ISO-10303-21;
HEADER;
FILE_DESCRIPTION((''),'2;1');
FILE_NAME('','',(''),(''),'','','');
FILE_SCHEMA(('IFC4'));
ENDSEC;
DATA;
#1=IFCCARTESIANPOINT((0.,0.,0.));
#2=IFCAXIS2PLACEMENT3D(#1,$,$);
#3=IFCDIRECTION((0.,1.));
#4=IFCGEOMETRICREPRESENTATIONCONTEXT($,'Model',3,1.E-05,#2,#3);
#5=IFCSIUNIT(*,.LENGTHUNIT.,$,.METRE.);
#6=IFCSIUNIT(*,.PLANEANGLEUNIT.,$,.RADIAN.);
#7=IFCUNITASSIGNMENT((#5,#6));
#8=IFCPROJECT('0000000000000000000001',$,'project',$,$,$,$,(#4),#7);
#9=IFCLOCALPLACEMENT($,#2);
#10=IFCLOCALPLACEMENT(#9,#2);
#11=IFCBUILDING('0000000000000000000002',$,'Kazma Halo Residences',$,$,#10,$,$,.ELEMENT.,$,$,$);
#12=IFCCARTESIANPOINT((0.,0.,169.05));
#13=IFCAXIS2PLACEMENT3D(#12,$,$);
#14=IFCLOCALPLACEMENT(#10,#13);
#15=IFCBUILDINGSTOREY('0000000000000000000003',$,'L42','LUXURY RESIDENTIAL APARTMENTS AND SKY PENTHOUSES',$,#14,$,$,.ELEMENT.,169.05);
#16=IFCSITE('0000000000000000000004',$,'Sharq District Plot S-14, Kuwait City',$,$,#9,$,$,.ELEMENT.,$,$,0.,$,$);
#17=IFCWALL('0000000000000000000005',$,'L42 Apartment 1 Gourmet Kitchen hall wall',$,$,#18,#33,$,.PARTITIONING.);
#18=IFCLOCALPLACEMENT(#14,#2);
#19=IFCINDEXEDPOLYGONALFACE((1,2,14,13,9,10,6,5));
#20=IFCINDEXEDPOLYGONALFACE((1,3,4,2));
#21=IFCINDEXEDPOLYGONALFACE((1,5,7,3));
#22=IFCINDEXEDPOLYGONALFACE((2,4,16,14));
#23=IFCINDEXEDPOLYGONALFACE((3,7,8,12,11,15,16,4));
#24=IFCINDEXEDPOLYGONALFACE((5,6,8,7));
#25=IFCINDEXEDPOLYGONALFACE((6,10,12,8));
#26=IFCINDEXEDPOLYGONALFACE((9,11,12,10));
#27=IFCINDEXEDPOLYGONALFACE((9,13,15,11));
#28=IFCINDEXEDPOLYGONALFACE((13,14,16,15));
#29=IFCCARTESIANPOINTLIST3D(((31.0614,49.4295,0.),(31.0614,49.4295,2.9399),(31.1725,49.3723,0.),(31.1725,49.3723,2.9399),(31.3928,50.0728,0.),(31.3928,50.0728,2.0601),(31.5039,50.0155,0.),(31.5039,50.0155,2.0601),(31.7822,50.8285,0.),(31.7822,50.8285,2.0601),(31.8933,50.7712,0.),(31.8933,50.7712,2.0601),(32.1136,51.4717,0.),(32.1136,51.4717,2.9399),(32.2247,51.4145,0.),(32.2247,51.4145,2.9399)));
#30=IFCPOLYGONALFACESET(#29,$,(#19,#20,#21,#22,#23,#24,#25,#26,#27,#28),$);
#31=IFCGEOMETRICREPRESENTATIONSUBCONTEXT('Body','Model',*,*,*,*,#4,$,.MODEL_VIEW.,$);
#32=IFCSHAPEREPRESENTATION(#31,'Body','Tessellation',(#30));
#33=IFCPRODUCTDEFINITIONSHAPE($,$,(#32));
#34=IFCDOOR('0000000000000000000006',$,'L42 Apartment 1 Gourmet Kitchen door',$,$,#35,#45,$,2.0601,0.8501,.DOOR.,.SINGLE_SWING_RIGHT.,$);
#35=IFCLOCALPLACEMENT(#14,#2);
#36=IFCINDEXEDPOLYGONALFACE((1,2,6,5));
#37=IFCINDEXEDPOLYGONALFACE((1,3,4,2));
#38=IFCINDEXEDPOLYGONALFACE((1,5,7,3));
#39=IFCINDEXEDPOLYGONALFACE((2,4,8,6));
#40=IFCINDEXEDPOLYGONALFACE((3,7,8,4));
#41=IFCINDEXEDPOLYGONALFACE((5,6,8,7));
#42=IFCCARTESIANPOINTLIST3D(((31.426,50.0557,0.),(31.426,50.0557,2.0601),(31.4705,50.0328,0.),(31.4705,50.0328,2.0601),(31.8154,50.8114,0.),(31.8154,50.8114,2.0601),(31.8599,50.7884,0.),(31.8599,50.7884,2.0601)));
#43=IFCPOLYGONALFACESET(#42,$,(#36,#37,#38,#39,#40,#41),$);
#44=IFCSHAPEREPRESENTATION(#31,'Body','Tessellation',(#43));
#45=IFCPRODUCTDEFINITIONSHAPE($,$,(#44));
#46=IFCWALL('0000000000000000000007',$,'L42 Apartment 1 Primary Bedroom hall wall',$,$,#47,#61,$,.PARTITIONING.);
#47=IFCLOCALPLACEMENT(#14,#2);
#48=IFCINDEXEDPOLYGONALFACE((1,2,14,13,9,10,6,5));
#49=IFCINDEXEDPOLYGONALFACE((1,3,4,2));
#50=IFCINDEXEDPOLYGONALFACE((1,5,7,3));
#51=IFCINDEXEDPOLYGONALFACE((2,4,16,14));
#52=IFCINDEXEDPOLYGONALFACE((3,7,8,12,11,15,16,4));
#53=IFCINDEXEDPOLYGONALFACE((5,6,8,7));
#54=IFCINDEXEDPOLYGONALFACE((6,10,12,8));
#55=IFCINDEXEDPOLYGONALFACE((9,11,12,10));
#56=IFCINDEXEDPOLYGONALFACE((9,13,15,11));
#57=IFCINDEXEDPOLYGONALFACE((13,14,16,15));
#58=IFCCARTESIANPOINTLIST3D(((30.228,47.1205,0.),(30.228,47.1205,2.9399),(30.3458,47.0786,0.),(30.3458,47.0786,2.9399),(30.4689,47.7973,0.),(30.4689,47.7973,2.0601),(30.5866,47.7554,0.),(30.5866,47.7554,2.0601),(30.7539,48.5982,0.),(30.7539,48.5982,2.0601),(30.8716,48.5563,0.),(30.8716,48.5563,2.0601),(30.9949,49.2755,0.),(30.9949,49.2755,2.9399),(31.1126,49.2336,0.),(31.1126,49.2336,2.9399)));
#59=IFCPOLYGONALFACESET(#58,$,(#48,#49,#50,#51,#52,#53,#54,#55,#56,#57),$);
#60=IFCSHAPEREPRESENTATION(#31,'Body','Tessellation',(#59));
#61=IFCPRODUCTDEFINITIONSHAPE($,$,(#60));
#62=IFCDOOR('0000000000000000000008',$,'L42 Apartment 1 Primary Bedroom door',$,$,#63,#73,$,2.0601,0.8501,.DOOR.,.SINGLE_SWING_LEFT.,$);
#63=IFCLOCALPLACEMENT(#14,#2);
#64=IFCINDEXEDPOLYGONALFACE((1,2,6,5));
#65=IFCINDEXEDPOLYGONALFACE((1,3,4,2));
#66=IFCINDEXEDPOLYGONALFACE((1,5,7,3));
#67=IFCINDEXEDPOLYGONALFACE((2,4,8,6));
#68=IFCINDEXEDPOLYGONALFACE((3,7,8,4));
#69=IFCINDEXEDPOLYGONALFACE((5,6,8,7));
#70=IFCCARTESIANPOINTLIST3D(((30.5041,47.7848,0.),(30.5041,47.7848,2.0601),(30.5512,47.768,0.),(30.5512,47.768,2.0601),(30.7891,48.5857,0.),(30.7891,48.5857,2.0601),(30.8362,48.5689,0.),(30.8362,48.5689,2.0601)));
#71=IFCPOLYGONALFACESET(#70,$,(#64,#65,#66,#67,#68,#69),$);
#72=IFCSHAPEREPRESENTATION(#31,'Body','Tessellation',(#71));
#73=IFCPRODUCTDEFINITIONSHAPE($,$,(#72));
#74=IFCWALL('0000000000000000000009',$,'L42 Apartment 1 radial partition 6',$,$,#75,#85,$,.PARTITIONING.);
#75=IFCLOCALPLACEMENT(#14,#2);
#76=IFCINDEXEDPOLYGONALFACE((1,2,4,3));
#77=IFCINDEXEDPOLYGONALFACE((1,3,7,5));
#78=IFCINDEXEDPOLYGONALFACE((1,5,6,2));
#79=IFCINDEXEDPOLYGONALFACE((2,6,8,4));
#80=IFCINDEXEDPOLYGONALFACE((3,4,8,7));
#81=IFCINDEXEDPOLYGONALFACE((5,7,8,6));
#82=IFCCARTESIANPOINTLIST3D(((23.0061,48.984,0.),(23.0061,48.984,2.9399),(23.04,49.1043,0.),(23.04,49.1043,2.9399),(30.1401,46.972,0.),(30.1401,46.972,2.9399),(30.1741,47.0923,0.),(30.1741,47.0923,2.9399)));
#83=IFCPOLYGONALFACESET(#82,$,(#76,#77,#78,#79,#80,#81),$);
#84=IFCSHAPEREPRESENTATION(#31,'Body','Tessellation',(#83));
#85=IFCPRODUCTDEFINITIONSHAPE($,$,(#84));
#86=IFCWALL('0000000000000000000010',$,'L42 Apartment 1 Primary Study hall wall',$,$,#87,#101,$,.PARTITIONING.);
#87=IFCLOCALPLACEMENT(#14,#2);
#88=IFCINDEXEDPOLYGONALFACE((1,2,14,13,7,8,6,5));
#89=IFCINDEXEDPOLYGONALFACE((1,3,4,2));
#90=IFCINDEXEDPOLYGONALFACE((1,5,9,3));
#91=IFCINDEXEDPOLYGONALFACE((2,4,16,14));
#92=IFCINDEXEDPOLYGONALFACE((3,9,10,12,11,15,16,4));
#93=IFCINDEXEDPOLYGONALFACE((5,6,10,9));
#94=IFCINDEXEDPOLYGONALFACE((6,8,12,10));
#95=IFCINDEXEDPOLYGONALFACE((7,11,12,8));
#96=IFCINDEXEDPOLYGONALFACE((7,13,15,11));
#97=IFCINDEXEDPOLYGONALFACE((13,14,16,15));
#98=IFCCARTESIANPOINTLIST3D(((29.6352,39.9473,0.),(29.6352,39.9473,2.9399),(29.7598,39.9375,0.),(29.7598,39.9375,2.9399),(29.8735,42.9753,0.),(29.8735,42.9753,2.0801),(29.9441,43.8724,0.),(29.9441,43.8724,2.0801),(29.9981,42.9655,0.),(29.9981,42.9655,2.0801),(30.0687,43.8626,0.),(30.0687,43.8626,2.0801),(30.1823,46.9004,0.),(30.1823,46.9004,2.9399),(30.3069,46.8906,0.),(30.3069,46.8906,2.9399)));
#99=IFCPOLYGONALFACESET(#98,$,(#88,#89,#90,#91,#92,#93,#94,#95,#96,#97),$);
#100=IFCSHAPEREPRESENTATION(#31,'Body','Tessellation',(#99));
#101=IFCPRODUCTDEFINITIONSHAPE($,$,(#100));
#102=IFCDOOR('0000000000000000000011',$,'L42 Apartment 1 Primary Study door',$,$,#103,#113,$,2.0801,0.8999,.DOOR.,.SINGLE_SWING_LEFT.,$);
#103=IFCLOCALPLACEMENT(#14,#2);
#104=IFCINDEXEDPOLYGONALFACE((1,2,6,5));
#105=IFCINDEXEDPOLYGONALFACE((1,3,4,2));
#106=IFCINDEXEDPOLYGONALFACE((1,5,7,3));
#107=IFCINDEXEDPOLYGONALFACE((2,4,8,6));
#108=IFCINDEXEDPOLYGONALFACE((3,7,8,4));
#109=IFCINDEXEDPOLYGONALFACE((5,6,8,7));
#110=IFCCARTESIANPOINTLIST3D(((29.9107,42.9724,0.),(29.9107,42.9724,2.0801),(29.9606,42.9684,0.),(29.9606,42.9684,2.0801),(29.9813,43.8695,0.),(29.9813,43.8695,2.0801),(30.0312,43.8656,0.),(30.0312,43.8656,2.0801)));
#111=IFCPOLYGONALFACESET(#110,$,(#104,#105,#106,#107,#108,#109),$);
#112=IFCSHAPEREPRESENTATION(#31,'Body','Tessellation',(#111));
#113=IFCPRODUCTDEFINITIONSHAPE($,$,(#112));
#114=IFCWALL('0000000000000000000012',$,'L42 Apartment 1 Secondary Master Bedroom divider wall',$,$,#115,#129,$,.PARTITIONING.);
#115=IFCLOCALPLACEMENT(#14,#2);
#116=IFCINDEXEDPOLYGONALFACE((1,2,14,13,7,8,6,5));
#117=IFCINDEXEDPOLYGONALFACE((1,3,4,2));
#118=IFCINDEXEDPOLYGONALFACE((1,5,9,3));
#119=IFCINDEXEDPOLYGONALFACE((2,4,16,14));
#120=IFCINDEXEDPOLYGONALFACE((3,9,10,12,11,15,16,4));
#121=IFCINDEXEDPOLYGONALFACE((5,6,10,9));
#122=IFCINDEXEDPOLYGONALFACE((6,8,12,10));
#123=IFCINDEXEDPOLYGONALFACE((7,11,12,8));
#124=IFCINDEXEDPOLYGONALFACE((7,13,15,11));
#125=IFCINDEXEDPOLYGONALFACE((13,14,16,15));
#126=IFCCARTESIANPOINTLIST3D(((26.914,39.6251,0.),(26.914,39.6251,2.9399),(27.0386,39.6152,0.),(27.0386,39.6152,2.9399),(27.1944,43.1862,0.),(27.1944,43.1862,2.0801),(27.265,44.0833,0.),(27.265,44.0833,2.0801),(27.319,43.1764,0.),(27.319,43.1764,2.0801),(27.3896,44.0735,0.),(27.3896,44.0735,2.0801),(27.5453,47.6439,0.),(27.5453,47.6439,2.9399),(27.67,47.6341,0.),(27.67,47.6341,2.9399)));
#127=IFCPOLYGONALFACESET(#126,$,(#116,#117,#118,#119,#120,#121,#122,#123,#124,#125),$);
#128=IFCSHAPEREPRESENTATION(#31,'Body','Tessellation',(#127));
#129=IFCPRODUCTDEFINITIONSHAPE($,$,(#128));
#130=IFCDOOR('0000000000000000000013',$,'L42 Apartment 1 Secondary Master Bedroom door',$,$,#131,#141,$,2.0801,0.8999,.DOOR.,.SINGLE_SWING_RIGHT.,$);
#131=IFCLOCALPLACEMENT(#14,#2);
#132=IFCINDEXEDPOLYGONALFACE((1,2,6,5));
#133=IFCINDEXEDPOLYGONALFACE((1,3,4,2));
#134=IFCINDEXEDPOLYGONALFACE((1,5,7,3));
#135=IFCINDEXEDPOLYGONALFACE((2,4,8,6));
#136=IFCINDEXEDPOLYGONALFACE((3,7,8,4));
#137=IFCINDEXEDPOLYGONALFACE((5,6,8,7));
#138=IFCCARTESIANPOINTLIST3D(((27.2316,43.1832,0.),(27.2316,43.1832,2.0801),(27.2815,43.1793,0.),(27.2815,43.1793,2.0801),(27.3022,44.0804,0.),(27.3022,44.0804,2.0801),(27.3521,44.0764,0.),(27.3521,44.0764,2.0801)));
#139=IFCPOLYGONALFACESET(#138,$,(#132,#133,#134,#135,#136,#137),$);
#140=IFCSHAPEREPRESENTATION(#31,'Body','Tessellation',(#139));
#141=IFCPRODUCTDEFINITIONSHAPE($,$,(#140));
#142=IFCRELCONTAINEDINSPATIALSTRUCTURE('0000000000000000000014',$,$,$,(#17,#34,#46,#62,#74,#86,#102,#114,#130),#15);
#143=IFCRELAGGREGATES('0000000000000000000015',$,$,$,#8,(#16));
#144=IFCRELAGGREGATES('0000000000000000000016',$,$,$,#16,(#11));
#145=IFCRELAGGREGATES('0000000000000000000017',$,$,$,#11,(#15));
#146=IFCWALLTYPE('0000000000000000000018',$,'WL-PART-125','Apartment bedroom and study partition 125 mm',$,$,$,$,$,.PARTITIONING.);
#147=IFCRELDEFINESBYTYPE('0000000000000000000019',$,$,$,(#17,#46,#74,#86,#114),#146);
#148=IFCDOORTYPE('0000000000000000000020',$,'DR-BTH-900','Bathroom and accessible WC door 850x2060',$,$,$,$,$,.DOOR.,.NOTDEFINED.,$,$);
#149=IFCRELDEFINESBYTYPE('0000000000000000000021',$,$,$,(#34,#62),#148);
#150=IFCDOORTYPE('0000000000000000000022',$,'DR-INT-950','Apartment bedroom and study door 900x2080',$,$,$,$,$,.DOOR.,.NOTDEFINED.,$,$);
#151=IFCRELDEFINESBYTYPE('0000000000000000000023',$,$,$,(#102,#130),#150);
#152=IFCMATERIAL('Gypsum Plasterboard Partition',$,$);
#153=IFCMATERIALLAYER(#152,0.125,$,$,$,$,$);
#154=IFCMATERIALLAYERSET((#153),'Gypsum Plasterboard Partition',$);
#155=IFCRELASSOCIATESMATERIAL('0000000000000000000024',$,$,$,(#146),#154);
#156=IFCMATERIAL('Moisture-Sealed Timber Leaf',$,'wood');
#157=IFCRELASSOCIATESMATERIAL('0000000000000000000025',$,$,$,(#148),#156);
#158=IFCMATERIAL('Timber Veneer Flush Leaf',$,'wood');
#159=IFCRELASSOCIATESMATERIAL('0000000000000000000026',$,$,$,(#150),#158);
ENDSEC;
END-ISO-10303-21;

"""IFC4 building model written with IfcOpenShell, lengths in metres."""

from ifc_helpers import new_model, si_unit, direction, frame, frame_2d, origin, place, context, subcontext, project, spatial, rectangle, extrude, material, layer, layer_set, type_object, element, fill, save


model = new_model("IFC4")

# Units and contexts
model_context = context("Model", 3, precision=1e-05, world=origin(), true_north=direction((0.0, 1.0)))
body_context = subcontext(model_context, "Body", "Model", "MODEL_VIEW")
ifc_project = project(units=[si_unit("LENGTHUNIT", "METRE"), si_unit("PLANEANGLEUNIT", "RADIAN")], contexts=[model_context])

# Site, building, storey
site_placement = place(None, origin())
site = spatial("IfcSite", under=ifc_project, at=site_placement, Name="Sharq District Plot S-14, Kuwait City", CompositionType="ELEMENT", RefElevation=0.0)
building_placement = place(site_placement, origin())
building = spatial("IfcBuilding", under=site, at=building_placement, Name="Kazma Halo Residences", CompositionType="ELEMENT")
storey_placement = place(building_placement, frame((0.0, 0.0, 169.05)))
storey = spatial("IfcBuildingStorey", under=building, at=storey_placement, Name="L42", Description="LUXURY RESIDENTIAL APARTMENTS AND SKY PENTHOUSES", CompositionType="ELEMENT", Elevation=169.05)

# Shared definitions
ifc_material_1 = material(Name="Gypsum Plasterboard Partition")
ifc_layer_1 = layer(ifc_material_1, 0.125)
ifc_layer_set_1 = layer_set([ifc_layer_1], Name="Gypsum Plasterboard Partition")
wall_type_1 = type_object("IfcWallType", Name="WL-PART-125", Description="Apartment bedroom and study partition 125 mm", PredefinedType="PARTITIONING", material=ifc_layer_set_1)

# Walls, openings, doors
wall_1_placement = place(storey_placement, frame((32.1692, 51.4431, 0.0), z_axis=(0.0, 0.0, 1.0), x_axis=(-0.45802, -0.888942, 0.0)))
wall_1 = element("IfcWall", 1, at=wall_1_placement, inside=storey, type_object=wall_type_1, Name="L42 Apartment 1 Gourmet Kitchen hall wall", PredefinedType="PARTITIONING", context=body_context, shape_type="SweptSolid", body=[
    extrude(rectangle(XDim=2.2974, YDim=0.125, at=frame_2d((1.1487, 0.0))), origin(), (0.0, 0.0, 1.0), 2.9399),
])
opening_1_placement = place(wall_1_placement, frame((0.7236, 0.0, 0.0)))
opening_1 = element("IfcOpeningElement", 2, at=opening_1_placement, cuts=wall_1, PredefinedType="OPENING", context=body_context, shape_type="SweptSolid", body=[
    extrude(rectangle(XDim=0.8501, YDim=2.0601, at=frame_2d((0.425, 1.03))), frame((0.0, 0.0725, 0.0), z_axis=(0.0, -1.0, 0.0), x_axis=(1.0, 0.0, 0.0)), (0.0, 0.0, 1.0), 0.145),
])
ifc_material_2 = material(Name="Moisture-Sealed Timber Leaf", Category="wood")
door_type_1 = type_object("IfcDoorType", Name="DR-BTH-900", Description="Bathroom and accessible WC door 850x2060", OperationType="NOTDEFINED", PredefinedType="DOOR", material=ifc_material_2)
door_1_placement = place(opening_1_placement, origin())
door_1 = element("IfcDoor", 3, at=door_1_placement, inside=storey, type_object=door_type_1, Name="L42 Apartment 1 Gourmet Kitchen door", OperationType="SINGLE_SWING_RIGHT", OverallHeight=2.0601, OverallWidth=0.8501, PredefinedType="DOOR", context=body_context, shape_type="SweptSolid", body=[
    extrude(rectangle(XDim=0.8501, YDim=2.0601, at=frame_2d((0.425, 1.03))), frame((0.0, 0.0249, 0.0), z_axis=(0.0, -1.0, 0.0), x_axis=(1.0, 0.0, 0.0)), (0.0, 0.0, 1.0), 0.05),
])
fill(opening_1, door_1)
wall_2_placement = place(storey_placement, frame((31.0537, 49.2544, 0.0), z_axis=(0.0, 0.0, 1.0), x_axis=(-0.335248, -0.94213, 0.0)))
wall_2 = element("IfcWall", 4, at=wall_2_placement, inside=storey, type_object=wall_type_1, Name="L42 Apartment 1 Primary Bedroom hall wall", PredefinedType="PARTITIONING", context=body_context, shape_type="SweptSolid", body=[
    extrude(rectangle(XDim=2.2874, YDim=0.125, at=frame_2d((1.1436, 0.0))), origin(), (0.0, 0.0, 1.0), 2.9399),
])
opening_2_placement = place(wall_2_placement, frame((0.7188, 0.0, 0.0)))
opening_2 = element("IfcOpeningElement", 5, at=opening_2_placement, cuts=wall_2, PredefinedType="OPENING", context=body_context, shape_type="SweptSolid", body=[
    extrude(rectangle(XDim=0.8501, YDim=2.0601, at=frame_2d((0.425, 1.03))), frame((0.0, 0.0725, 0.0), z_axis=(0.0, -1.0, 0.0), x_axis=(1.0, 0.0, 0.0)), (0.0, 0.0, 1.0), 0.145),
])
door_2_placement = place(opening_2_placement, origin())
door_2 = element("IfcDoor", 6, at=door_2_placement, inside=storey, type_object=door_type_1, Name="L42 Apartment 1 Primary Bedroom door", OperationType="SINGLE_SWING_LEFT", OverallHeight=2.0601, OverallWidth=0.8501, PredefinedType="DOOR", context=body_context, shape_type="SweptSolid", body=[
    extrude(rectangle(XDim=0.8501, YDim=2.0601, at=frame_2d((0.425, 1.03))), frame((0.0, 0.0249, 0.0), z_axis=(0.0, -1.0, 0.0), x_axis=(1.0, 0.0, 0.0)), (0.0, 0.0, 1.0), 0.05),
])
fill(opening_2, door_2)

# Wall
wall_3_placement = place(storey_placement, frame((30.157, 47.0322, 0.0), z_axis=(0.0, 0.0, 1.0), x_axis=(-0.962457, 0.271435, 0.0)))
element("IfcWall", 7, at=wall_3_placement, inside=storey, type_object=wall_type_1, Name="L42 Apartment 1 radial partition 6", PredefinedType="PARTITIONING", context=body_context, shape_type="SweptSolid", body=[
    extrude(rectangle(XDim=7.4124, YDim=0.125, at=frame_2d((3.7061, 0.0))), origin(), (0.0, 0.0, 1.0), 2.9399),
])

# Walls, openings, doors
wall_4_placement = place(storey_placement, frame((30.2446, 46.8955, 0.0), z_axis=(0.0, 0.0, 1.0), x_axis=(-0.078444, -0.996918, 0.0)))
wall_4 = element("IfcWall", 8, at=wall_4_placement, inside=storey, type_object=wall_type_1, Name="L42 Apartment 1 Primary Study hall wall", PredefinedType="PARTITIONING", context=body_context, shape_type="SweptSolid", body=[
    extrude(rectangle(XDim=6.9746, YDim=0.125, at=frame_2d((3.4873, 0.0))), origin(), (0.0, 0.0, 1.0), 2.9399),
])
opening_3_placement = place(wall_4_placement, frame((3.0374, 0.0, 0.0)))
opening_3 = element("IfcOpeningElement", 9, at=opening_3_placement, cuts=wall_4, PredefinedType="OPENING", context=body_context, shape_type="SweptSolid", body=[
    extrude(rectangle(XDim=0.8999, YDim=2.0801, at=frame_2d((0.45, 1.04))), frame((0.0, 0.0725, 0.0), z_axis=(0.0, -1.0, 0.0), x_axis=(1.0, 0.0, 0.0)), (0.0, 0.0, 1.0), 0.145),
])
ifc_material_3 = material(Name="Timber Veneer Flush Leaf", Category="wood")
door_type_2 = type_object("IfcDoorType", Name="DR-INT-950", Description="Apartment bedroom and study door 900x2080", OperationType="NOTDEFINED", PredefinedType="DOOR", material=ifc_material_3)
door_3_placement = place(opening_3_placement, origin())
door_3 = element("IfcDoor", 10, at=door_3_placement, inside=storey, type_object=door_type_2, Name="L42 Apartment 1 Primary Study door", OperationType="SINGLE_SWING_LEFT", OverallHeight=2.0801, OverallWidth=0.8999, PredefinedType="DOOR", context=body_context, shape_type="SweptSolid", body=[
    extrude(rectangle(XDim=0.8999, YDim=2.0801, at=frame_2d((0.45, 1.04))), frame((0.0, 0.0249, 0.0), z_axis=(0.0, -1.0, 0.0), x_axis=(1.0, 0.0, 0.0)), (0.0, 0.0, 1.0), 0.05),
])
fill(opening_3, door_3)
wall_5_placement = place(storey_placement, frame((27.6077, 47.6392, 0.0), z_axis=(0.0, 0.0, 1.0), x_axis=(-0.078491, -0.996915, 0.0)))
wall_5 = element("IfcWall", 11, at=wall_5_placement, inside=storey, type_object=wall_type_1, Name="L42 Apartment 1 Secondary Master Bedroom divider wall", PredefinedType="PARTITIONING", context=body_context, shape_type="SweptSolid", body=[
    extrude(rectangle(XDim=8.0437, YDim=0.125, at=frame_2d((4.022, 0.0))), origin(), (0.0, 0.0, 1.0), 2.9399),
])
opening_4_placement = place(wall_5_placement, frame((3.5718, 0.0, 0.0)))
opening_4 = element("IfcOpeningElement", 12, at=opening_4_placement, cuts=wall_5, PredefinedType="OPENING", context=body_context, shape_type="SweptSolid", body=[
    extrude(rectangle(XDim=0.8999, YDim=2.0801, at=frame_2d((0.45, 1.04))), frame((0.0, 0.0725, 0.0), z_axis=(0.0, -1.0, 0.0), x_axis=(1.0, 0.0, 0.0)), (0.0, 0.0, 1.0), 0.145),
])
door_4_placement = place(opening_4_placement, origin())
door_4 = element("IfcDoor", 13, at=door_4_placement, inside=storey, type_object=door_type_2, Name="L42 Apartment 1 Secondary Master Bedroom door", OperationType="SINGLE_SWING_RIGHT", OverallHeight=2.0801, OverallWidth=0.8999, PredefinedType="DOOR", context=body_context, shape_type="SweptSolid", body=[
    extrude(rectangle(XDim=0.8999, YDim=2.0801, at=frame_2d((0.45, 1.04))), frame((0.0, 0.0249, 0.0), z_axis=(0.0, -1.0, 0.0), x_axis=(1.0, 0.0, 0.0)), (0.0, 0.0, 1.0), 0.05),
])
fill(opening_4, door_4)

save(model, "model.ifc")
